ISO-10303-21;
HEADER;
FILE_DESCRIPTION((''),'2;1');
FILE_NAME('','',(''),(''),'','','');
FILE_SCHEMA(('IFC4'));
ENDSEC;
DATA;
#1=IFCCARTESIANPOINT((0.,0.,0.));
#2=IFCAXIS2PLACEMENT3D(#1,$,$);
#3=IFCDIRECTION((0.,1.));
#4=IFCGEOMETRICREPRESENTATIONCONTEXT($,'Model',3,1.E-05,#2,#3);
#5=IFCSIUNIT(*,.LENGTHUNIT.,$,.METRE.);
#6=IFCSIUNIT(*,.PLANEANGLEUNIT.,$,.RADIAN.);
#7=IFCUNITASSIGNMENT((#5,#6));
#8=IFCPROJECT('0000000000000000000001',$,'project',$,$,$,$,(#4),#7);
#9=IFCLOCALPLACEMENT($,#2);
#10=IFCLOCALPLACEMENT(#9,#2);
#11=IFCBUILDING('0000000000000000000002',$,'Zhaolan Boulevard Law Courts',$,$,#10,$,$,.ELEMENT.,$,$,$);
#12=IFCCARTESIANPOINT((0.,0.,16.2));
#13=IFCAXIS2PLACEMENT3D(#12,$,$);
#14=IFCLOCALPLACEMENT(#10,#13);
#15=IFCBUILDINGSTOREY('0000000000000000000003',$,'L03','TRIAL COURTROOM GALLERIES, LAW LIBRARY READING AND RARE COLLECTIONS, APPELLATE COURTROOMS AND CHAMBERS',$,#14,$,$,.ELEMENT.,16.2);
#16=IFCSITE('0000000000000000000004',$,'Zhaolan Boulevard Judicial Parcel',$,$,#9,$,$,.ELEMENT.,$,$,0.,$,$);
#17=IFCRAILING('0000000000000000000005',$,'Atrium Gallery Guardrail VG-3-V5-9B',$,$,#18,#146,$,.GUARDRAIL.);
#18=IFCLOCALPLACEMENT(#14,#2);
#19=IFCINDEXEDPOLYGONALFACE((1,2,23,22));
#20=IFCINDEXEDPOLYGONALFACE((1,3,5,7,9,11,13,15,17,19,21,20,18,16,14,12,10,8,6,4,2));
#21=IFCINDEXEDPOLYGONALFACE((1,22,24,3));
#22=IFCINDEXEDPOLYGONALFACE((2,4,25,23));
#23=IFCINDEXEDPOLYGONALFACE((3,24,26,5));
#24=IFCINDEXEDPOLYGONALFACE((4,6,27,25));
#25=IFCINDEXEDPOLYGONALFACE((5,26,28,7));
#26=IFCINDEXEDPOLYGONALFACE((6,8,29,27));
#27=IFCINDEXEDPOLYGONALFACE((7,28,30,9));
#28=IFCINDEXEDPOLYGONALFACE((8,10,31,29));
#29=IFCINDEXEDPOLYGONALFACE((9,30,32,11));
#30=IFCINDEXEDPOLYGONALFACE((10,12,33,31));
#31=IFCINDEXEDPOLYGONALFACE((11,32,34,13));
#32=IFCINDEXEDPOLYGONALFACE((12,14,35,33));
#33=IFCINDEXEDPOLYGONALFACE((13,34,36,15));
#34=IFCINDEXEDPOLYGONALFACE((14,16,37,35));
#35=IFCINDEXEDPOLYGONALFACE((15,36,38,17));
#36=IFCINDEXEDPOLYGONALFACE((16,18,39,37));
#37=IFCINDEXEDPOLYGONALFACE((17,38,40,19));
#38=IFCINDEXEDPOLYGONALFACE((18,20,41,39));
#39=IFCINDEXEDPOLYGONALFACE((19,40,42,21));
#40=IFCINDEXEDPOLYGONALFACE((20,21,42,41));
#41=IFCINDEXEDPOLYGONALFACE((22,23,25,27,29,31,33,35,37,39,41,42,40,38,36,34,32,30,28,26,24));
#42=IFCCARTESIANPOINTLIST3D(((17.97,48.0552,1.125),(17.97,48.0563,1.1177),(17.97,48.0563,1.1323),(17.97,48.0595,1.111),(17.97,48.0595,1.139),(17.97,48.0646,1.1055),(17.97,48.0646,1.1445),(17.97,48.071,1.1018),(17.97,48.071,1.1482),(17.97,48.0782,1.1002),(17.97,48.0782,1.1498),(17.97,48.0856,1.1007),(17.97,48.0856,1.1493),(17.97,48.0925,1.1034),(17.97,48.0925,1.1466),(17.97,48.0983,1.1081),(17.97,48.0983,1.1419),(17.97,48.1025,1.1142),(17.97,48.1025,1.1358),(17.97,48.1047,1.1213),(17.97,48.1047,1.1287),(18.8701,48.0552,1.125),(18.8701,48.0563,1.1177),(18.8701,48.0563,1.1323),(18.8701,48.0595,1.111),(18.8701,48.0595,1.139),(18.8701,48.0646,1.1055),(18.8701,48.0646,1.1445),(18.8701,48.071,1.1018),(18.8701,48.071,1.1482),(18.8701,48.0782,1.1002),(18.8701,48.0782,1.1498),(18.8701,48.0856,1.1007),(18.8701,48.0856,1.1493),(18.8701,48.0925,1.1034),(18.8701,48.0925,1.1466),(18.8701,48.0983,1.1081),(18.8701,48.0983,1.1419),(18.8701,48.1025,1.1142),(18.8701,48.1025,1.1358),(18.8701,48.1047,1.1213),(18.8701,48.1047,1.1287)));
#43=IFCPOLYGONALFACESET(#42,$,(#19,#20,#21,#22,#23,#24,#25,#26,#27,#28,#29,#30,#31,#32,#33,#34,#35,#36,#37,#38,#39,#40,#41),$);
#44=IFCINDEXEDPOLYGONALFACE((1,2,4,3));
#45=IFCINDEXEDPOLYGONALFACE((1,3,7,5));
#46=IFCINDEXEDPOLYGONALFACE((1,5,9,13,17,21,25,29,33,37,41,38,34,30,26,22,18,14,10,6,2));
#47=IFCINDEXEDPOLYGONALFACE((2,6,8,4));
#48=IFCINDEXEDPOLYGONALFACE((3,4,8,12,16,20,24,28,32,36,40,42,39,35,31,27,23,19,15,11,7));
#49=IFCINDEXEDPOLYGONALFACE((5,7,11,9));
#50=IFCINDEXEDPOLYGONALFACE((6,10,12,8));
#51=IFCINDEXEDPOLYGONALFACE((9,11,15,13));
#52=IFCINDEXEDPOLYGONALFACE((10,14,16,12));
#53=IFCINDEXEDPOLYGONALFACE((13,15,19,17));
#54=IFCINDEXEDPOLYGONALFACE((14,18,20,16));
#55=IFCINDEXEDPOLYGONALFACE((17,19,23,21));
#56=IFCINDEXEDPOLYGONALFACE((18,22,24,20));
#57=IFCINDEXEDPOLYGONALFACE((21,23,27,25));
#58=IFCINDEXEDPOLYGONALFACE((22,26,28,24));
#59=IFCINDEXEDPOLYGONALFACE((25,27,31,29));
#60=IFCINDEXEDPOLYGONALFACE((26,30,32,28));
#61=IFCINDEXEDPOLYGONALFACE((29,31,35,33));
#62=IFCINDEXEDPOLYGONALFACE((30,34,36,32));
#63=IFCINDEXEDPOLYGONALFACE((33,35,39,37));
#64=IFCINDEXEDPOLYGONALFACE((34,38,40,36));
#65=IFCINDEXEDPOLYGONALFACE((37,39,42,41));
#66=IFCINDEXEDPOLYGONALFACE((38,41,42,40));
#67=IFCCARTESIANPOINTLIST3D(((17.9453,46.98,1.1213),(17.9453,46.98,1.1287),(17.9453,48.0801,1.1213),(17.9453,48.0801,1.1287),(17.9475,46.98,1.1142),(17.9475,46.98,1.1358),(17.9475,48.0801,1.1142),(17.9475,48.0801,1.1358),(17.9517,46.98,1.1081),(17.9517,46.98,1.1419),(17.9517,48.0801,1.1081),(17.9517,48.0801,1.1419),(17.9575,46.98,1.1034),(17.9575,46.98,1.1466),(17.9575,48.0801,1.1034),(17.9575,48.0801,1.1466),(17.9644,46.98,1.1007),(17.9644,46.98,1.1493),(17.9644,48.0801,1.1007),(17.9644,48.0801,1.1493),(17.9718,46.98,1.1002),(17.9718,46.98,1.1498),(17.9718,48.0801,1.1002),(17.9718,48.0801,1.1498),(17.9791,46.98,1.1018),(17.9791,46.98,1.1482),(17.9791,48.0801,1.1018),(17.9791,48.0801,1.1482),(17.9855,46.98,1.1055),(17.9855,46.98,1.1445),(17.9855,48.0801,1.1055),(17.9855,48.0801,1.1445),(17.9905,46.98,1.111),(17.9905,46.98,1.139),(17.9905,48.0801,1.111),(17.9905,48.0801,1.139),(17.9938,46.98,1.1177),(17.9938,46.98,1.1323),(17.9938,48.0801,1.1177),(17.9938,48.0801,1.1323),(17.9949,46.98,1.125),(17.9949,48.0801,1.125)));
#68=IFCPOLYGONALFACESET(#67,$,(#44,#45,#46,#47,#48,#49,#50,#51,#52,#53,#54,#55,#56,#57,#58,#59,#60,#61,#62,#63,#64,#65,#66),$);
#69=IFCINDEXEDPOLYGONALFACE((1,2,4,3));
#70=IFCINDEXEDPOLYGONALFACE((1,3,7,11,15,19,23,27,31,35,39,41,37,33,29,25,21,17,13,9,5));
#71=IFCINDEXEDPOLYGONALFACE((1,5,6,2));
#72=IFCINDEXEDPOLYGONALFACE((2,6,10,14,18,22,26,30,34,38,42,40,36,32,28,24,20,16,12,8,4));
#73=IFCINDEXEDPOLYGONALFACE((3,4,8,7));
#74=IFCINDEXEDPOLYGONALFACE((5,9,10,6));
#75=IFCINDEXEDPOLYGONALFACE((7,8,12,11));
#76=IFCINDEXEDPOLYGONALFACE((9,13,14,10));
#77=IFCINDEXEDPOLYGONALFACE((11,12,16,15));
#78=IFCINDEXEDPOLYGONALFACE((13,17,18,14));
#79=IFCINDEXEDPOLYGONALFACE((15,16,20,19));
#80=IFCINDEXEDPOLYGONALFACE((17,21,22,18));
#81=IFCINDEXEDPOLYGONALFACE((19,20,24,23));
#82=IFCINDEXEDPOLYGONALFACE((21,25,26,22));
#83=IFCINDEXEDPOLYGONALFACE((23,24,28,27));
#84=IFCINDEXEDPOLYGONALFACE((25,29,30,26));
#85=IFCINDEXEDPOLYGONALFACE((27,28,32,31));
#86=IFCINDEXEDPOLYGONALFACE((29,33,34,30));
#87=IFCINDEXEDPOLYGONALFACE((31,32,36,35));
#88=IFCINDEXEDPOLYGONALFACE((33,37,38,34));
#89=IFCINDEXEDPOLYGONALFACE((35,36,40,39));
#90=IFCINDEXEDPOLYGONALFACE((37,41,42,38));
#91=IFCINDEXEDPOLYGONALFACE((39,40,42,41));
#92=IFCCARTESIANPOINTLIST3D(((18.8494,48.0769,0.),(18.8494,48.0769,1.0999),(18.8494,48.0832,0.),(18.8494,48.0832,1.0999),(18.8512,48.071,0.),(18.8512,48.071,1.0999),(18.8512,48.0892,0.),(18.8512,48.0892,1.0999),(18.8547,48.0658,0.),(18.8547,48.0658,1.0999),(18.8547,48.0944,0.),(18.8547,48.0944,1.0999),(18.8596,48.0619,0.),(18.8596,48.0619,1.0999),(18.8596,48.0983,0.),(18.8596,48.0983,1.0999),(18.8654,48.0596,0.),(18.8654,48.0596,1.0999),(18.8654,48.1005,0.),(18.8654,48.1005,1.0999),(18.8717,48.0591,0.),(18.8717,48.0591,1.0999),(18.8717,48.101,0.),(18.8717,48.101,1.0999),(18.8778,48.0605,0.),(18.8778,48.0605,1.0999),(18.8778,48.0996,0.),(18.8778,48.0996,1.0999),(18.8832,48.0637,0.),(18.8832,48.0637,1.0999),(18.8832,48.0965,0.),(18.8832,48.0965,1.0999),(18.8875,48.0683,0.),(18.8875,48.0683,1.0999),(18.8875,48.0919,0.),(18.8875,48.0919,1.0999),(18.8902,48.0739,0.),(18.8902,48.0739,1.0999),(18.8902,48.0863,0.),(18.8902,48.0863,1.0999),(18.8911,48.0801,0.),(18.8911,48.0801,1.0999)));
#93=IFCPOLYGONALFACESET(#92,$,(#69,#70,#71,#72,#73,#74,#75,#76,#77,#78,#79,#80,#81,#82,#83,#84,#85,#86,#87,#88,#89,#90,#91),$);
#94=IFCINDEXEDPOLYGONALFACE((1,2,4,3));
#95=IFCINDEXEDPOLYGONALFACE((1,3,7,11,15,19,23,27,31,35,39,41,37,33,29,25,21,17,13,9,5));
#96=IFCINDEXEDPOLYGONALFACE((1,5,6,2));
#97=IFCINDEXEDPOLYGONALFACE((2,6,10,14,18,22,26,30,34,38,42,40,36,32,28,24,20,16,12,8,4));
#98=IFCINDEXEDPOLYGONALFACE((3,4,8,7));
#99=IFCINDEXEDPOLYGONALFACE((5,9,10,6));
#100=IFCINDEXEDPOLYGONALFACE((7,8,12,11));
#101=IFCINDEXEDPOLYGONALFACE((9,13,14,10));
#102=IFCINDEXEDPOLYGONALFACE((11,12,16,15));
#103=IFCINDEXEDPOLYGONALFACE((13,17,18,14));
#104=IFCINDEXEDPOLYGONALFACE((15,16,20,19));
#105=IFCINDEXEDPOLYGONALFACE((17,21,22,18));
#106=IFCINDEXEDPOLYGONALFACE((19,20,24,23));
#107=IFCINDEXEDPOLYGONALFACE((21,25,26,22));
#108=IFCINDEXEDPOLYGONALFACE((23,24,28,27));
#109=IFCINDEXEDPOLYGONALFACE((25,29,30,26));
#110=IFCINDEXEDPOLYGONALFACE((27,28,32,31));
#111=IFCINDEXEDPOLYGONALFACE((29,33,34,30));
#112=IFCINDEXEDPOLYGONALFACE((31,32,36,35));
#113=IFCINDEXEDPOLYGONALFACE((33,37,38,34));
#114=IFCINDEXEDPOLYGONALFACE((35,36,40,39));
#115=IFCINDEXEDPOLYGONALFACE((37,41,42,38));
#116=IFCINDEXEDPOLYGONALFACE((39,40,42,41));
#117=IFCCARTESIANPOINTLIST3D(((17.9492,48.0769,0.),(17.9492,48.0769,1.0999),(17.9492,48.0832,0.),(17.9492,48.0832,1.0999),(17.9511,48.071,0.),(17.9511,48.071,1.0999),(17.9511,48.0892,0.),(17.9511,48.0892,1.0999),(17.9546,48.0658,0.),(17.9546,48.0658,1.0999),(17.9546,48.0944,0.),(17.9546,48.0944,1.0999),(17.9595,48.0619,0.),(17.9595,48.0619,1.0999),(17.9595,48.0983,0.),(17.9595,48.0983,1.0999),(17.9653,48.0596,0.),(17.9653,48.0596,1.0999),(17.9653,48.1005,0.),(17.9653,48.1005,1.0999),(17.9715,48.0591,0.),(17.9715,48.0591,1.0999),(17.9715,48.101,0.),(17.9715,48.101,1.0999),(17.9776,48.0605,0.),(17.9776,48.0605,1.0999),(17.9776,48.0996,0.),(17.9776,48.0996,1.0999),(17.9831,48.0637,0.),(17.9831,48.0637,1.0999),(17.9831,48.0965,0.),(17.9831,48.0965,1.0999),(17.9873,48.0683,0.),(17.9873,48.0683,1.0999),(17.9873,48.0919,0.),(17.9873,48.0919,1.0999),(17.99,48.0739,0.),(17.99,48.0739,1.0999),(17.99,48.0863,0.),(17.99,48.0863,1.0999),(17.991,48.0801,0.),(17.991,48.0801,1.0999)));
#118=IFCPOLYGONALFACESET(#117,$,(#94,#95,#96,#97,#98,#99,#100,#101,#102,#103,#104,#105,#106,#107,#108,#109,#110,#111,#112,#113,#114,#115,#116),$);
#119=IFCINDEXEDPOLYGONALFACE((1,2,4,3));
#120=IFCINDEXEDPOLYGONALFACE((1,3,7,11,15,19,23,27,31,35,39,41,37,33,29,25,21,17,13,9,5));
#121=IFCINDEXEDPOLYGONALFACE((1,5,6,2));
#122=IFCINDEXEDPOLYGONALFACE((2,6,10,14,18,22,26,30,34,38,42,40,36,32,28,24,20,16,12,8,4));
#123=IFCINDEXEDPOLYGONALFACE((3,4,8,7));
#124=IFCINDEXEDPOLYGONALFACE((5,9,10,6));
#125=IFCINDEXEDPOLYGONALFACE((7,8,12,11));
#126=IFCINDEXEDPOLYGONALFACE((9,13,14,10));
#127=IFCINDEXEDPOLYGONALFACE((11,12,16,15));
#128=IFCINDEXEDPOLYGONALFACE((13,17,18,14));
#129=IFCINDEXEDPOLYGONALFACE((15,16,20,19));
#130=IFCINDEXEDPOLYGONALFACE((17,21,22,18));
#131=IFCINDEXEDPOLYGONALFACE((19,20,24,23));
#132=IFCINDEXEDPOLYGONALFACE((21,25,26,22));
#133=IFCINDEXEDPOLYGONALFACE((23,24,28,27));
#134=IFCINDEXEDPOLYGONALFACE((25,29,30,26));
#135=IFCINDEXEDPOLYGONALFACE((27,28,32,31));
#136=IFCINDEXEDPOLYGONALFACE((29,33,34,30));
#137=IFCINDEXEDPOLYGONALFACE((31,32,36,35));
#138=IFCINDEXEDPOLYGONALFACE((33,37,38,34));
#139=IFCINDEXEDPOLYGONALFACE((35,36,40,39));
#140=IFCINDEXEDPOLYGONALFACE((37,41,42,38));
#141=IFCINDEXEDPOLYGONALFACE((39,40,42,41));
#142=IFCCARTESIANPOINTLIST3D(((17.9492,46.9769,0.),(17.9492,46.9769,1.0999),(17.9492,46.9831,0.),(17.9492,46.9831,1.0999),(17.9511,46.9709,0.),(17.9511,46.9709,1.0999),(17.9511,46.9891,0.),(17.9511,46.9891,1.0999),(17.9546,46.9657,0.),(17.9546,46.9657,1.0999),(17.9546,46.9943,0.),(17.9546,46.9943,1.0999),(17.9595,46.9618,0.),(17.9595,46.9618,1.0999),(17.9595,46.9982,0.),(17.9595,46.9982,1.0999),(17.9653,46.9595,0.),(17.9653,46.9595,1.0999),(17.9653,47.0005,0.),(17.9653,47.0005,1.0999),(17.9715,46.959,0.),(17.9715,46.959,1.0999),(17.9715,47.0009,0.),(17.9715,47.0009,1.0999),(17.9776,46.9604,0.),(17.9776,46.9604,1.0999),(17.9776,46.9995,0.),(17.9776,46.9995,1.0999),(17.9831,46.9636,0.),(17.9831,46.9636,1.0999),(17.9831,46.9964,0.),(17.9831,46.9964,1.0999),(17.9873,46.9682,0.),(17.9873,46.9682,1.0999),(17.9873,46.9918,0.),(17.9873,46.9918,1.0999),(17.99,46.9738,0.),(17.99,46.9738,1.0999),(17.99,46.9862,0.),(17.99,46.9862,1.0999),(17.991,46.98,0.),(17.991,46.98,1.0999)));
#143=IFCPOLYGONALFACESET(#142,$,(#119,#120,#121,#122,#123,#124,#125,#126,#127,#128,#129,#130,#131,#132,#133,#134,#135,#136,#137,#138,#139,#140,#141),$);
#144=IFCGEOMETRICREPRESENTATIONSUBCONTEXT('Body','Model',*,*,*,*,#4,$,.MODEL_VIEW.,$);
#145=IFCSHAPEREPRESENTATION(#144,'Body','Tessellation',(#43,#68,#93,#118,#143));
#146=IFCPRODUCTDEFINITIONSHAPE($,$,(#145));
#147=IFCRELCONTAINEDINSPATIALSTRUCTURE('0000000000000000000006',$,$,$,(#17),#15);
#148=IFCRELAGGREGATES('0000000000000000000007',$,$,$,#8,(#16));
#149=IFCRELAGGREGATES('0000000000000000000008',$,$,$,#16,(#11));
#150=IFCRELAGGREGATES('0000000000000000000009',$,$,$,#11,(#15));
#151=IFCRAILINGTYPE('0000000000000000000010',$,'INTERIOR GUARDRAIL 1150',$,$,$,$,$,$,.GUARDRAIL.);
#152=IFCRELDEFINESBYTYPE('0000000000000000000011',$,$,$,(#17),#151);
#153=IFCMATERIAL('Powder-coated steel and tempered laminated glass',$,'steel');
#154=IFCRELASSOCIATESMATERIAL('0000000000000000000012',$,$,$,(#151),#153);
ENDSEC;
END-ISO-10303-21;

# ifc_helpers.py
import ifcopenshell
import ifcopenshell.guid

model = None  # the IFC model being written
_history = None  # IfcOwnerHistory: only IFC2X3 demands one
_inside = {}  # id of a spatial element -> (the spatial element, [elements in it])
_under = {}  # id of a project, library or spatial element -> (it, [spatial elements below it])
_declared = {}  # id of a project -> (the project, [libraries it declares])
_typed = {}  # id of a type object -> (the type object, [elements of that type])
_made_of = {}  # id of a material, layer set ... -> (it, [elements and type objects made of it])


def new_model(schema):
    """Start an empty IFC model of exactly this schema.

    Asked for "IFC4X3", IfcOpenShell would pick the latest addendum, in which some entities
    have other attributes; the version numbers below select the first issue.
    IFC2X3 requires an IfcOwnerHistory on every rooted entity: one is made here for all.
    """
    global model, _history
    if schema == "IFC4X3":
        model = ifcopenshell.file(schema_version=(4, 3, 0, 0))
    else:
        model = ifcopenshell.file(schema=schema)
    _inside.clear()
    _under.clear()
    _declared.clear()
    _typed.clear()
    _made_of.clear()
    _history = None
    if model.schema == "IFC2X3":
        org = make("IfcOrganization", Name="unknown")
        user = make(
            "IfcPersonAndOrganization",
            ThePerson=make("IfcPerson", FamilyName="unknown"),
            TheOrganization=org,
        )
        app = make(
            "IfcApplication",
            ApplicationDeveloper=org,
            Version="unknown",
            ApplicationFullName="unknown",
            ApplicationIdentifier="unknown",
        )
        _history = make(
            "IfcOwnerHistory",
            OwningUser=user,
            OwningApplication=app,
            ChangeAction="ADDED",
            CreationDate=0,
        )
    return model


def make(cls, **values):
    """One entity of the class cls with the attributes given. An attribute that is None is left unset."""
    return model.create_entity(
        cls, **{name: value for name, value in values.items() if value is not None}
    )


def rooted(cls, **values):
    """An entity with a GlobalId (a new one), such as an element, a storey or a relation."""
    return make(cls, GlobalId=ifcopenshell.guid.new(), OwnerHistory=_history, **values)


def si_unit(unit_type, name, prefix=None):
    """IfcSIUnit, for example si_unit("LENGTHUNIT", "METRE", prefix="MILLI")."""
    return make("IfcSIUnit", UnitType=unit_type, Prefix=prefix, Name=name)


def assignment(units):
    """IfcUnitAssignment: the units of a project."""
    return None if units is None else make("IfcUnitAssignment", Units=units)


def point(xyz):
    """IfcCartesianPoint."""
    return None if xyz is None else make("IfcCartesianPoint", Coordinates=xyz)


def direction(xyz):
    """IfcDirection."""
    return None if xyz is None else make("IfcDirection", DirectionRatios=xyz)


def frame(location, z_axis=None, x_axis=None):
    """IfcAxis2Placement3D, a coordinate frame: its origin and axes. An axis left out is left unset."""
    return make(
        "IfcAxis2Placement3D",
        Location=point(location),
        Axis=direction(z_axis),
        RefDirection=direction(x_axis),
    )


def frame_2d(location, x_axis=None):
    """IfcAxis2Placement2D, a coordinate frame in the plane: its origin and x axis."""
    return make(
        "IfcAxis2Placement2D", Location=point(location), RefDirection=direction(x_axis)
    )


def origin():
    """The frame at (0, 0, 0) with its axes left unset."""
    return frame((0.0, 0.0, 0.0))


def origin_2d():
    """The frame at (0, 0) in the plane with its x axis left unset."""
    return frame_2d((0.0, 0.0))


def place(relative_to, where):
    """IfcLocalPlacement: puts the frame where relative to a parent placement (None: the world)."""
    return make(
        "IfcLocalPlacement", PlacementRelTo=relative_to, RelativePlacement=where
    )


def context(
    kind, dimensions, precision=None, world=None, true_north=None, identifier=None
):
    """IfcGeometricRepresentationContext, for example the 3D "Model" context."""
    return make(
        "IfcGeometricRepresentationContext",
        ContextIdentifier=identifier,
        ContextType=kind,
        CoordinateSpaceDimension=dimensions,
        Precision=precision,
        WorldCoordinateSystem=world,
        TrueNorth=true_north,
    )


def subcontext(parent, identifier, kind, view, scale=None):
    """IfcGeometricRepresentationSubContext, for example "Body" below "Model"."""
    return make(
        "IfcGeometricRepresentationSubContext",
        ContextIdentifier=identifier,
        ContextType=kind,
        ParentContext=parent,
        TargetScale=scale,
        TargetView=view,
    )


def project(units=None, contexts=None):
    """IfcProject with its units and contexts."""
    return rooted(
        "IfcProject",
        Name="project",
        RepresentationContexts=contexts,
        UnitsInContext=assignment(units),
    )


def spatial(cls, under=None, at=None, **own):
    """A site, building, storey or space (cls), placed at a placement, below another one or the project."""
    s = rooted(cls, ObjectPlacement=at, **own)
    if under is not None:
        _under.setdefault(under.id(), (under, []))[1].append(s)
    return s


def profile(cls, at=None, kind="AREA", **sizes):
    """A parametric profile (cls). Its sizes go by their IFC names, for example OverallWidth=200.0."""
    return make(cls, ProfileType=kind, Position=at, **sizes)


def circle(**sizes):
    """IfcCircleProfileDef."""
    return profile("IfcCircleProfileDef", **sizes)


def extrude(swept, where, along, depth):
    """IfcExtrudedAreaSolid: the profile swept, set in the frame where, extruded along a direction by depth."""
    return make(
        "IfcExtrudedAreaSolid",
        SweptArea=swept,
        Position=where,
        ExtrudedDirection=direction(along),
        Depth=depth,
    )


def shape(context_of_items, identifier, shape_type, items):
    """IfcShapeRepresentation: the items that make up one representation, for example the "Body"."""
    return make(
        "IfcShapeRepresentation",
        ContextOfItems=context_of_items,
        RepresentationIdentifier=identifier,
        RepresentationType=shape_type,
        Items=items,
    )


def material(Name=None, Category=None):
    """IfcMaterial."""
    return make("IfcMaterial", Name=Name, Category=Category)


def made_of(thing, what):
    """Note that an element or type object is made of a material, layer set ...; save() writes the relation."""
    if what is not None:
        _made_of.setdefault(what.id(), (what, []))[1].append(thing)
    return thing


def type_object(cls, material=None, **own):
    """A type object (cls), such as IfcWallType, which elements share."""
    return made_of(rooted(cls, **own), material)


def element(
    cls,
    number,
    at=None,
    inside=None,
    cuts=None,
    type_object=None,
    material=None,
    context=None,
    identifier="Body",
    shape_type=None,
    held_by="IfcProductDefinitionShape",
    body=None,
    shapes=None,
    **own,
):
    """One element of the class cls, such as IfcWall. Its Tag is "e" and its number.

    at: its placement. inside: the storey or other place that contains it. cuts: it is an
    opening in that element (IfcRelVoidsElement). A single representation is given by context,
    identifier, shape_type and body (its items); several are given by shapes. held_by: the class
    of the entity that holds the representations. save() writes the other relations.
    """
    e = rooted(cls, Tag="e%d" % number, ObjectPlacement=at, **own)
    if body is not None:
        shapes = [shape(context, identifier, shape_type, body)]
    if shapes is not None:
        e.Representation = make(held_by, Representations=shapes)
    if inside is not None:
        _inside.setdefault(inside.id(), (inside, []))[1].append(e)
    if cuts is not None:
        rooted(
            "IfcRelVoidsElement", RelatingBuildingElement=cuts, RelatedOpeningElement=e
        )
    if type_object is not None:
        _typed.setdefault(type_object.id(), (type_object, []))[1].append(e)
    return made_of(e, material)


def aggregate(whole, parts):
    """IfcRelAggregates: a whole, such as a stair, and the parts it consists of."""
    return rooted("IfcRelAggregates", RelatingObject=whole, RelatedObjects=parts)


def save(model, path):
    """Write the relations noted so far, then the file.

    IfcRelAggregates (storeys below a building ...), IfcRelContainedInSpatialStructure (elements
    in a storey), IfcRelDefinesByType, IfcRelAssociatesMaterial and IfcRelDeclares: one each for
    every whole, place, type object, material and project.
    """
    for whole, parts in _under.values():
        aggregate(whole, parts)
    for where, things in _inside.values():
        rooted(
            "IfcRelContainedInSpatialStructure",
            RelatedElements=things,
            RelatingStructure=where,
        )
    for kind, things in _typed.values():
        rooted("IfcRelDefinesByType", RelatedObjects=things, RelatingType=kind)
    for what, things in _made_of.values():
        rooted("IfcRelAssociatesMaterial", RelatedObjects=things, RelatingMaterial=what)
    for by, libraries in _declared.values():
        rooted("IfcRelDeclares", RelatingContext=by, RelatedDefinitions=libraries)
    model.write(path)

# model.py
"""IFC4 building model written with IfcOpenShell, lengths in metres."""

from ifc_helpers import new_model, si_unit, direction, frame, origin, origin_2d, place, context, subcontext, project, spatial, circle, extrude, material, type_object, element, save


model = new_model("IFC4")

# Units and contexts
model_context = context("Model", 3, precision=1e-05, world=origin(), true_north=direction((0.0, 1.0)))
body_context = subcontext(model_context, "Body", "Model", "MODEL_VIEW")
ifc_project = project(units=[si_unit("LENGTHUNIT", "METRE"), si_unit("PLANEANGLEUNIT", "RADIAN")], contexts=[model_context])

# Site, building, storey
site_placement = place(None, origin())
site = spatial("IfcSite", under=ifc_project, at=site_placement, Name="Zhaolan Boulevard Judicial Parcel", CompositionType="ELEMENT", RefElevation=0.0)
building_placement = place(site_placement, origin())
building = spatial("IfcBuilding", under=site, at=building_placement, Name="Zhaolan Boulevard Law Courts", CompositionType="ELEMENT")
storey_placement = place(building_placement, frame((0.0, 0.0, 16.2)))
storey = spatial("IfcBuildingStorey", under=building, at=storey_placement, Name="L03", Description="TRIAL COURTROOM GALLERIES, LAW LIBRARY READING AND RARE COLLECTIONS, APPELLATE COURTROOMS AND CHAMBERS", CompositionType="ELEMENT", Elevation=16.2)

# Railing
ifc_material_1 = material(Name="Powder-coated steel and tempered laminated glass", Category="steel")
railing_type_1 = type_object("IfcRailingType", Name="INTERIOR GUARDRAIL 1150", PredefinedType="GUARDRAIL", material=ifc_material_1)
railing_1_placement = place(storey_placement, frame((18.8701, 48.0801, 0.0)))
element("IfcRailing", 1, at=railing_1_placement, inside=storey, type_object=railing_type_1, Name="Atrium Gallery Guardrail VG-3-V5-9B", PredefinedType="GUARDRAIL", context=body_context, shape_type="SweptSolid", body=[
    extrude(circle(Radius=0.0249, at=origin_2d()), frame((0.0, 0.0, 1.125), z_axis=(-1.0, 0.0, 0.0), x_axis=(0.0, -1.0, 0.0)), (0.0, 0.0, 1.0), 0.9001),
    extrude(circle(Radius=0.0249, at=origin_2d()), frame((-0.9001, 0.0, 1.125), z_axis=(0.0, -1.0, 0.0), x_axis=(1.0, 0.0, 0.0)), (0.0, 0.0, 1.0), 1.1001),
    extrude(circle(Radius=0.021, at=origin_2d()), origin(), (0.0, 0.0, 1.0), 1.0999),
    extrude(circle(Radius=0.021, at=origin_2d()), frame((-0.9001, 0.0, 0.0)), (0.0, 0.0, 1.0), 1.0999),
    extrude(circle(Radius=0.021, at=origin_2d()), frame((-0.9001, -1.1001, 0.0)), (0.0, 0.0, 1.0), 1.0999),
])

save(model, "model.ifc")
